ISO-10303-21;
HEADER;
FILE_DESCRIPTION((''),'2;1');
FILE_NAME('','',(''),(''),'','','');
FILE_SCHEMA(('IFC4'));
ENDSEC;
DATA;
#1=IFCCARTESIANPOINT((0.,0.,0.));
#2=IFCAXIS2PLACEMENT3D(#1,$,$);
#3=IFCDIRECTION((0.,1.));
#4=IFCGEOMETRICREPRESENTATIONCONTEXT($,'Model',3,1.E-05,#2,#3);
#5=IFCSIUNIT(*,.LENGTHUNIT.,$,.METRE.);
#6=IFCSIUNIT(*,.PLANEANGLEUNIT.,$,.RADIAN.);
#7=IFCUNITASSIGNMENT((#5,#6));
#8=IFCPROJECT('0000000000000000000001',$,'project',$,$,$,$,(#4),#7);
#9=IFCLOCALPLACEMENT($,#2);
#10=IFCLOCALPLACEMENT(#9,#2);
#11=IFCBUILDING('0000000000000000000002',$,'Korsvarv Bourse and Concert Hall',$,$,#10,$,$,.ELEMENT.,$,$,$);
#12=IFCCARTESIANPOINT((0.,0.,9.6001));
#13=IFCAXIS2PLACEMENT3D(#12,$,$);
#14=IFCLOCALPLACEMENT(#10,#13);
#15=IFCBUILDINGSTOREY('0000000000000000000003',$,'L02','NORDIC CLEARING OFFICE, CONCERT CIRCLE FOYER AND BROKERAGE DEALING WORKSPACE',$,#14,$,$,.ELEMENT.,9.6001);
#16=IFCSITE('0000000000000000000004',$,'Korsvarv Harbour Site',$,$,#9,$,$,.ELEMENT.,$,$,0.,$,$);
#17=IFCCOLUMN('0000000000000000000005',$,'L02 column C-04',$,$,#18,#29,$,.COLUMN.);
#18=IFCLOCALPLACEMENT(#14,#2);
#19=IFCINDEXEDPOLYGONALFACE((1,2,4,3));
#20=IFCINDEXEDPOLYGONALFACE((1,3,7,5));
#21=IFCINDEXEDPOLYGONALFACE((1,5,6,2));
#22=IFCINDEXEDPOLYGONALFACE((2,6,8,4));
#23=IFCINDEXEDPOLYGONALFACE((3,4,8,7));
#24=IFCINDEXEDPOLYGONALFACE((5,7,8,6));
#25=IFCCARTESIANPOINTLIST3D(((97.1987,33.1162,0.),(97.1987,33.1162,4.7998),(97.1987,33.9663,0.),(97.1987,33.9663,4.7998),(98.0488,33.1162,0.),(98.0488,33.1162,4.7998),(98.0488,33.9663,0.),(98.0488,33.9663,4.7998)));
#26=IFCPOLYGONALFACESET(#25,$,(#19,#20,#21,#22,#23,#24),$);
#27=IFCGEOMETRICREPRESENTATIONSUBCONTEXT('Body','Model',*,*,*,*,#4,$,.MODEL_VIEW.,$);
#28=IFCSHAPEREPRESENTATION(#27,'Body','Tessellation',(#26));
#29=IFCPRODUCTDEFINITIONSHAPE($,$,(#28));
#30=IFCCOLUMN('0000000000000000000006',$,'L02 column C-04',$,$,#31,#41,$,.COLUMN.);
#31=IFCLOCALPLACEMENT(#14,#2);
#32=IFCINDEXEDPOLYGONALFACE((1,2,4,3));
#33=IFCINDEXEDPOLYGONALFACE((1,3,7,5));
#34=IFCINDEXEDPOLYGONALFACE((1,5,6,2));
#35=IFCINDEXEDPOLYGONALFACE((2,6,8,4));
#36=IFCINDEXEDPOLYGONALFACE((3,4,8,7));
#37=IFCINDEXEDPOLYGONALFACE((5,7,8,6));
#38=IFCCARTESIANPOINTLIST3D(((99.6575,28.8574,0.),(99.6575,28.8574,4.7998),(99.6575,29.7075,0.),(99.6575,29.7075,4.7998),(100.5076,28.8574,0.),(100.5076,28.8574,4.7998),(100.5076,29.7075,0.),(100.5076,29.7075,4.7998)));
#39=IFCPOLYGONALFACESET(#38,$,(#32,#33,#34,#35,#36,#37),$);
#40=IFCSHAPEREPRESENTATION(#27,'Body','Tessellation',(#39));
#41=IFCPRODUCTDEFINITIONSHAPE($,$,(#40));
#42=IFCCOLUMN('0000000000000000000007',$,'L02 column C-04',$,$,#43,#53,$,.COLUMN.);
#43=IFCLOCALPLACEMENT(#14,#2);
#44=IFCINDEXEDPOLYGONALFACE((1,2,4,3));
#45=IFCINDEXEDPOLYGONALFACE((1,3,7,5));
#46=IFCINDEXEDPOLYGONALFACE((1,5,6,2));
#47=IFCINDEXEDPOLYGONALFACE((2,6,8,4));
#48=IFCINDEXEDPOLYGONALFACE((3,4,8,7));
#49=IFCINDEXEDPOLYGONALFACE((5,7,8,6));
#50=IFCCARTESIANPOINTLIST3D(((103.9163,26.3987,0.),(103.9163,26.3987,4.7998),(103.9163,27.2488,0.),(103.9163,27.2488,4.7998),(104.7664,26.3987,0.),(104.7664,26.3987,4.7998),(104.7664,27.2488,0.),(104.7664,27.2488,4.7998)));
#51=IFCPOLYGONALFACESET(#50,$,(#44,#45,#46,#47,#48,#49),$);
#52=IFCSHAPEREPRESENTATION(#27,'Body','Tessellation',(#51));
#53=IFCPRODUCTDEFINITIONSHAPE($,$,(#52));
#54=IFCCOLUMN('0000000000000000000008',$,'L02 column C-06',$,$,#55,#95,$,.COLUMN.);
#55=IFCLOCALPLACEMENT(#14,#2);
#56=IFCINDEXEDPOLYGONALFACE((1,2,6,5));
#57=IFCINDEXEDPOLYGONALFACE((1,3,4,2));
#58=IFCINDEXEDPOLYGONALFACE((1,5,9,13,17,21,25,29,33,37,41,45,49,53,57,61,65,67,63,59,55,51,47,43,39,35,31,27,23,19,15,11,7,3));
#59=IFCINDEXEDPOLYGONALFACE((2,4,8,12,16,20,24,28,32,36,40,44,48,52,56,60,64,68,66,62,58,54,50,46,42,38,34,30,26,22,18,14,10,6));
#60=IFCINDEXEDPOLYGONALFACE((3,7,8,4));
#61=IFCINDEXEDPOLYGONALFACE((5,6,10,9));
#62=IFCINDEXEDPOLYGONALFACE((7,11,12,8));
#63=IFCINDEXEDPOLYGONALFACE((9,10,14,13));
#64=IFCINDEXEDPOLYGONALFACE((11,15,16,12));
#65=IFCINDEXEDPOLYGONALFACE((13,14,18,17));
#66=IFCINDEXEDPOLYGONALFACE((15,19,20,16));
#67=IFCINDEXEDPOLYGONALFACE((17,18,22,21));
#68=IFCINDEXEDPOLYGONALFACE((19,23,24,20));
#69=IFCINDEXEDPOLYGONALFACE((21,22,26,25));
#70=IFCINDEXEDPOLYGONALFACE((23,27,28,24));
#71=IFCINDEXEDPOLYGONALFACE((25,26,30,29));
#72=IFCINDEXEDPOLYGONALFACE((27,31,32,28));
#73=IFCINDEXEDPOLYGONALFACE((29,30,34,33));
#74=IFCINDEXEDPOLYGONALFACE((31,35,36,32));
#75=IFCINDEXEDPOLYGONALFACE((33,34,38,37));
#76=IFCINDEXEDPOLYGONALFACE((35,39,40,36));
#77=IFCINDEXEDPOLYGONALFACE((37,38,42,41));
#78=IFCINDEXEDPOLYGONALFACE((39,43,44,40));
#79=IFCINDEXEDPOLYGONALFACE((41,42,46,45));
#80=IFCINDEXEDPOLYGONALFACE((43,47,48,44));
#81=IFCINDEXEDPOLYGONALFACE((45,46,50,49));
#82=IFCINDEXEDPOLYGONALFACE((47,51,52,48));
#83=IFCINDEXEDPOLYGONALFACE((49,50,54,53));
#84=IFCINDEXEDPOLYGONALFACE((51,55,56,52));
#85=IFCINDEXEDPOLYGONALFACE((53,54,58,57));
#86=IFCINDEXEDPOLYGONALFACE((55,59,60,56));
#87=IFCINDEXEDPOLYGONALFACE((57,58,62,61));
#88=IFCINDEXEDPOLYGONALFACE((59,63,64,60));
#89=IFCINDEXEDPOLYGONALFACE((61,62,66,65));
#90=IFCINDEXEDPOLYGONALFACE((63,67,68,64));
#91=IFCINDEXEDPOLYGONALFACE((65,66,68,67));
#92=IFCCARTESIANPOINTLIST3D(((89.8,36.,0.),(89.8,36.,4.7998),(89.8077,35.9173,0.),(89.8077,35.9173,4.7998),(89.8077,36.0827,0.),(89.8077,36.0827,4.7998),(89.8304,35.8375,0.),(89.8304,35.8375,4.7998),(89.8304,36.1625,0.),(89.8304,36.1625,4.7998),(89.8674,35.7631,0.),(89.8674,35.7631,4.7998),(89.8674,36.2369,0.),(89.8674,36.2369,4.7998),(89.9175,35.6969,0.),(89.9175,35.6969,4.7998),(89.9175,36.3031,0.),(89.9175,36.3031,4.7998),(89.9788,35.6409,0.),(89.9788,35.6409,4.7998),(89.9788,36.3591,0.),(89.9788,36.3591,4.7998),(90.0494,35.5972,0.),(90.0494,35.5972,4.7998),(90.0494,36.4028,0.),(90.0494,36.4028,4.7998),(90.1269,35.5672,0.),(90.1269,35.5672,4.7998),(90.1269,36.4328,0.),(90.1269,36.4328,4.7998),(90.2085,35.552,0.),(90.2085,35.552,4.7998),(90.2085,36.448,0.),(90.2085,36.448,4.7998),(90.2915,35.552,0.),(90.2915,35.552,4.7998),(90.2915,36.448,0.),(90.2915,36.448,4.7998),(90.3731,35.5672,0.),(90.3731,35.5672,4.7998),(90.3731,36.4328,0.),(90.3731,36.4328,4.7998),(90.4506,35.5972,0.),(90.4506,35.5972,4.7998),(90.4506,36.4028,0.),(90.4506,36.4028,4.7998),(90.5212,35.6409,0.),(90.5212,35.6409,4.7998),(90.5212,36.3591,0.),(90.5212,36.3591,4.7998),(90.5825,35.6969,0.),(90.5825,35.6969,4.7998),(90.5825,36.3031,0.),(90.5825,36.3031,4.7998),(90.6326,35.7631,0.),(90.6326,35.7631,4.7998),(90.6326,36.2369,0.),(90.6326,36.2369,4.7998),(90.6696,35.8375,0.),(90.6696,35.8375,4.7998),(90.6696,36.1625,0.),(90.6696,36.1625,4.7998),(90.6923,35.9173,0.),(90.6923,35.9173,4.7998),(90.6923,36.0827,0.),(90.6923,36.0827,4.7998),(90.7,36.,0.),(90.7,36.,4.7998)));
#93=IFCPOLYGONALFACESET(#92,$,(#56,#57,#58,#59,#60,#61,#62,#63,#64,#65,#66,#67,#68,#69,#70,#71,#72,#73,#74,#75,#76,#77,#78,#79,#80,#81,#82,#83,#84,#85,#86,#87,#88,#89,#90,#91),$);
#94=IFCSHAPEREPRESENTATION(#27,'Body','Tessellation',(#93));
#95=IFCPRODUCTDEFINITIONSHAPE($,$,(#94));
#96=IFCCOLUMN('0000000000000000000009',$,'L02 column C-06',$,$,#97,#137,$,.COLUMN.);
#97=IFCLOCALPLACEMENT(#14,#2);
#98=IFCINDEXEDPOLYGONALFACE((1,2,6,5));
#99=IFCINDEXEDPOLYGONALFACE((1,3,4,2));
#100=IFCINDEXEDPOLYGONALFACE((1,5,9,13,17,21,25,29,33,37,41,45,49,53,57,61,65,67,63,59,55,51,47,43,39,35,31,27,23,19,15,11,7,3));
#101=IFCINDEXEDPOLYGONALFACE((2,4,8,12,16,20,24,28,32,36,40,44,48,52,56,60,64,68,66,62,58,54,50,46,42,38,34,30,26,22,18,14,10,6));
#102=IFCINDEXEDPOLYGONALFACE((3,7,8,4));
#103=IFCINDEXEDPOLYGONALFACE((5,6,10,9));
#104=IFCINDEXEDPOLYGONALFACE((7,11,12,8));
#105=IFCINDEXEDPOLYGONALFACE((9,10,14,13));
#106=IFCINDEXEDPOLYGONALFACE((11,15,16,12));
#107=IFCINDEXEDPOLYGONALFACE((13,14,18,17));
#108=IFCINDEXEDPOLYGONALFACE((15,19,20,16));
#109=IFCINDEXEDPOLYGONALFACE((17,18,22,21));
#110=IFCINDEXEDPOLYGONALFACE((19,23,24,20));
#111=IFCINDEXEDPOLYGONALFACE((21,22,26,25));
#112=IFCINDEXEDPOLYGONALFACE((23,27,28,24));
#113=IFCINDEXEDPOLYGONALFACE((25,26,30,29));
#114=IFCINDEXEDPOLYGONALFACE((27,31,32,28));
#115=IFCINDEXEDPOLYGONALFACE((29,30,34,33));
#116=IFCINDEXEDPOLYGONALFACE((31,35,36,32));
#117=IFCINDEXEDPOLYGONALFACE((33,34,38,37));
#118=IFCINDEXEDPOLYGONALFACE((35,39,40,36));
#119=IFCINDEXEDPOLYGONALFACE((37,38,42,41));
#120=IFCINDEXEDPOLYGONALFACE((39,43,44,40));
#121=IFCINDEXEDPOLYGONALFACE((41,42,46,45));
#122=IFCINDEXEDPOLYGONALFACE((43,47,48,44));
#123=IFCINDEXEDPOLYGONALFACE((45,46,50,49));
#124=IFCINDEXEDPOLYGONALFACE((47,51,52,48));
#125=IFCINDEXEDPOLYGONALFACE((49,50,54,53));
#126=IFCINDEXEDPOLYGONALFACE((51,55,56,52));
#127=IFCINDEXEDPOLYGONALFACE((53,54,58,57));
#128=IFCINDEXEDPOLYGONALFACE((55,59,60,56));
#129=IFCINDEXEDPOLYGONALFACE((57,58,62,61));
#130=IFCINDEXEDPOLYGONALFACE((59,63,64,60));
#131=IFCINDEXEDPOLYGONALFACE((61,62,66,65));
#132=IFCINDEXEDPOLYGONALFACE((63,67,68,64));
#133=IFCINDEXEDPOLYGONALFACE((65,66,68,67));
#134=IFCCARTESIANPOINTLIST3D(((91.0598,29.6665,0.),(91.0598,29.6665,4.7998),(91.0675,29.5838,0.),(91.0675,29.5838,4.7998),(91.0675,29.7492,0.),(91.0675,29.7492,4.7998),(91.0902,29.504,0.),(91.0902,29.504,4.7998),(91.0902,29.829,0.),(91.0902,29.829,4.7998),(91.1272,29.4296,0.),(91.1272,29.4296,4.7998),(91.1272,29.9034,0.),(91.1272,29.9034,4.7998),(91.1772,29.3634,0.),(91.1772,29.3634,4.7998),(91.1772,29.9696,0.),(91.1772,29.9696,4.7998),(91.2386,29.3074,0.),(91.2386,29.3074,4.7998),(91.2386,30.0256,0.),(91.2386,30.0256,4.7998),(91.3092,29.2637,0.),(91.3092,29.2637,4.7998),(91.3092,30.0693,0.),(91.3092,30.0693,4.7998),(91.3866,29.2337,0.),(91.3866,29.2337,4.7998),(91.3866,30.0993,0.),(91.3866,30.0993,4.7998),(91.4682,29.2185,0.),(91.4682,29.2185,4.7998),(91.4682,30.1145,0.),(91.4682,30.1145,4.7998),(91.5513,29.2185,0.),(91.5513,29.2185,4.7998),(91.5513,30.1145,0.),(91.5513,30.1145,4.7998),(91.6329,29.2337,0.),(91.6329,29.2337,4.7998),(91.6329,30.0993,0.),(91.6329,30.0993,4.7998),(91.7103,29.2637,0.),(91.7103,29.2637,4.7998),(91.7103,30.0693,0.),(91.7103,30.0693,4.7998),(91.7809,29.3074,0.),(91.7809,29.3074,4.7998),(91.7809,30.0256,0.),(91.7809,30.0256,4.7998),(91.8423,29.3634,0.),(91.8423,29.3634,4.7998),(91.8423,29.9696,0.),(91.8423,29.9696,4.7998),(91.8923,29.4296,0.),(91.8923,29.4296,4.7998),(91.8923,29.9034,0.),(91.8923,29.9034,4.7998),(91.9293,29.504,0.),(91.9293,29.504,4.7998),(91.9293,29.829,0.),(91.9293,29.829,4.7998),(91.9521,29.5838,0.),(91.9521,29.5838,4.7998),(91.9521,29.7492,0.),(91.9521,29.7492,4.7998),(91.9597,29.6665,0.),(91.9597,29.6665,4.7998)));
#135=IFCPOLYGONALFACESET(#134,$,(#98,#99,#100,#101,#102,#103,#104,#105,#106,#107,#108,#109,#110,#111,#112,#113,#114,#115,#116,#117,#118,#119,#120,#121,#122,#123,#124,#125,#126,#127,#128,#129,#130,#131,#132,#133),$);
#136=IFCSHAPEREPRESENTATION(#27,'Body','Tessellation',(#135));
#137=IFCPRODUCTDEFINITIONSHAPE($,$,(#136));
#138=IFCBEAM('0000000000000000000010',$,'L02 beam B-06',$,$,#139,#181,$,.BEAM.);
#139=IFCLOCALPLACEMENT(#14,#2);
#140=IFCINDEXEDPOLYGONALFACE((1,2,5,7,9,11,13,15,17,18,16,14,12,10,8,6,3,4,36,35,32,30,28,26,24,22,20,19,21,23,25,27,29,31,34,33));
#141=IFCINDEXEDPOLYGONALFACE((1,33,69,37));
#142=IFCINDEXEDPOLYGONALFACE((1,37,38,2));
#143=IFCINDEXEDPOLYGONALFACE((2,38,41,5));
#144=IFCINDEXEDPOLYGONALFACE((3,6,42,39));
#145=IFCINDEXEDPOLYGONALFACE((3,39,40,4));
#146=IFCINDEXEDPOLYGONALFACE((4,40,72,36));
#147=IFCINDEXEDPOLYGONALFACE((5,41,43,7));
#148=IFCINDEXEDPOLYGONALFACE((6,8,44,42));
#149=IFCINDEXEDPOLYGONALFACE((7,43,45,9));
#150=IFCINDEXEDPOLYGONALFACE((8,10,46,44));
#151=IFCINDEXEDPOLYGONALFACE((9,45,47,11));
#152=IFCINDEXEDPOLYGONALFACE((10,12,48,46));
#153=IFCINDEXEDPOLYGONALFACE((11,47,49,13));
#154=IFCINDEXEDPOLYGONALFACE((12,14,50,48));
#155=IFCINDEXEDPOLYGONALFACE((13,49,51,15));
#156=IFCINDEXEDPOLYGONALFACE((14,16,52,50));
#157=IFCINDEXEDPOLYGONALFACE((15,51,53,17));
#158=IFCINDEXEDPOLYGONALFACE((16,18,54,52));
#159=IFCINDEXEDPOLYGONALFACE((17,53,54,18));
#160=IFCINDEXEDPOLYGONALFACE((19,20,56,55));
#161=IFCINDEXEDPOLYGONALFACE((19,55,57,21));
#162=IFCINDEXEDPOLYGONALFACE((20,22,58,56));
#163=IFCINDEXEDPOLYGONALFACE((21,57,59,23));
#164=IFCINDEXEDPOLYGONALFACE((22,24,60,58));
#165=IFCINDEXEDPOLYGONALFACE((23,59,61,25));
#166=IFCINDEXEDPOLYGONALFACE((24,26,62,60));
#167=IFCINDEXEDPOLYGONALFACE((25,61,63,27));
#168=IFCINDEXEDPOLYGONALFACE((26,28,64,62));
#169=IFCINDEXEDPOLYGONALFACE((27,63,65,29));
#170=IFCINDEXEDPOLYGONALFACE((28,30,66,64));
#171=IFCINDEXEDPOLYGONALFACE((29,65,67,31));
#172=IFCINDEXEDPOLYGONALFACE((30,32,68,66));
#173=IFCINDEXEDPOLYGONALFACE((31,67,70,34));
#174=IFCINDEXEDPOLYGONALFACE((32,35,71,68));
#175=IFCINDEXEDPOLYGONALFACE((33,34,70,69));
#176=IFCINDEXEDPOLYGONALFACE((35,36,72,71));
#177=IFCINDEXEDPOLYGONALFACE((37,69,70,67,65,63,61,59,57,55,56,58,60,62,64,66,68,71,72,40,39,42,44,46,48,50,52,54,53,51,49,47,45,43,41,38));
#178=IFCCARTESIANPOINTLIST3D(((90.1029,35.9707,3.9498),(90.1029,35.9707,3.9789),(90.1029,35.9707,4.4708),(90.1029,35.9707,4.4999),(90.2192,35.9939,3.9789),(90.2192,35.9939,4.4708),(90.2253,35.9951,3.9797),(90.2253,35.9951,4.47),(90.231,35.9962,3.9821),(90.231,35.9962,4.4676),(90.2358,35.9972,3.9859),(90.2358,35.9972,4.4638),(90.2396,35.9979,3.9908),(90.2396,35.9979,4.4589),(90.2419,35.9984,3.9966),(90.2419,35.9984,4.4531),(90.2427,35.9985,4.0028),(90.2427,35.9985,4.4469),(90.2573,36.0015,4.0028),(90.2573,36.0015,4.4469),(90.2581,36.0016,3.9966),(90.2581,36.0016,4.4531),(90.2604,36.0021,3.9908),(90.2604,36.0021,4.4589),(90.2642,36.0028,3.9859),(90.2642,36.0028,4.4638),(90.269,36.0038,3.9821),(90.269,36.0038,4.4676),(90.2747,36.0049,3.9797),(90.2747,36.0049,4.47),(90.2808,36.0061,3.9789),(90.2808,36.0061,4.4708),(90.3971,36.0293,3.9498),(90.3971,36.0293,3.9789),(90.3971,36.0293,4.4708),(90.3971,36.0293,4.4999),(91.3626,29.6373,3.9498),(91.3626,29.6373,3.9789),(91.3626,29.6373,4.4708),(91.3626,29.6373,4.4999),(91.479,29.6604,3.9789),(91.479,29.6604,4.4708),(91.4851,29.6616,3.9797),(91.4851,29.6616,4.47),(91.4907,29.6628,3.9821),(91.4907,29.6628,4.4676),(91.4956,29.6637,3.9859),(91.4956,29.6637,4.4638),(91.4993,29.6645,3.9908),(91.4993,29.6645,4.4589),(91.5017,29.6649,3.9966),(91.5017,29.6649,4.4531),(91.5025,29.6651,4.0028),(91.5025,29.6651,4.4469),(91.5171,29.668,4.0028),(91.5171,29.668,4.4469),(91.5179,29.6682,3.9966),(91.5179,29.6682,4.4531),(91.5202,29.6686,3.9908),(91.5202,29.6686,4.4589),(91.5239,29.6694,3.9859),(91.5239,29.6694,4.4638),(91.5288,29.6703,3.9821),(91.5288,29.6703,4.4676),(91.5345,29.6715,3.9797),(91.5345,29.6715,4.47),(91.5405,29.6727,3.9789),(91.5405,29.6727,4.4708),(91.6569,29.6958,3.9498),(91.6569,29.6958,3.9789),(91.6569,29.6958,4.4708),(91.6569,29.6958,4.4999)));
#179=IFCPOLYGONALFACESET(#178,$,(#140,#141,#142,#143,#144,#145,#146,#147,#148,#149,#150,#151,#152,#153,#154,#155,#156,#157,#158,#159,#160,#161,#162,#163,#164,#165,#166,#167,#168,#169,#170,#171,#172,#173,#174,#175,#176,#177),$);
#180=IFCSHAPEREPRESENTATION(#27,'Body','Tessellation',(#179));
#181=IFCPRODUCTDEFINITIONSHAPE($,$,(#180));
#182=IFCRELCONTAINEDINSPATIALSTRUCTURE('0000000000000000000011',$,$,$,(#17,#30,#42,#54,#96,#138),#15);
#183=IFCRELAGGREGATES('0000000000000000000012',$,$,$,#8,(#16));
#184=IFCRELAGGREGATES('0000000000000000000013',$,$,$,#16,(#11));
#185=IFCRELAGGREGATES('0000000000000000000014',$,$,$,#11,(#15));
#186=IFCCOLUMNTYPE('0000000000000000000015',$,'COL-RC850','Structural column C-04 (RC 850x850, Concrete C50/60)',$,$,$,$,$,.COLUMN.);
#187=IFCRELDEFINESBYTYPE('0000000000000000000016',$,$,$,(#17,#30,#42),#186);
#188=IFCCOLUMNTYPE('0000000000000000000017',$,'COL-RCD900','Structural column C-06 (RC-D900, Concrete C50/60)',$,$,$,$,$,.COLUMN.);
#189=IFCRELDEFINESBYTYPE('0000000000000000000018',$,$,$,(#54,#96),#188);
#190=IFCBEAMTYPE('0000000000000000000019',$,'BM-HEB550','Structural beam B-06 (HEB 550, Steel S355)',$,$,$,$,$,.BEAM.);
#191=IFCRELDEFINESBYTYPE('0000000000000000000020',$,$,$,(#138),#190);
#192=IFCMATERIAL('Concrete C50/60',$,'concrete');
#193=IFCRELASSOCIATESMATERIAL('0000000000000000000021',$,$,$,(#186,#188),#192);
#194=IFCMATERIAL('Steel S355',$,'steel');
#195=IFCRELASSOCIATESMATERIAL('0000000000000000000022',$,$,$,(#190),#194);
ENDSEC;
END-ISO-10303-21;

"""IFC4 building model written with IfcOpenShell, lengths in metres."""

from ifc_helpers import new_model, si_unit, direction, frame, origin, origin_2d, place, context, subcontext, project, spatial, rectangle, circle, i_section, extrude, source, transform, mapped, material, material_profile, profile_set, type_object, element, save


model = new_model("IFC4")

# Units and contexts
model_context = context("Model", 3, precision=1e-05, world=origin(), true_north=direction((0.0, 1.0)))
body_context = subcontext(model_context, "Body", "Model", "MODEL_VIEW")
ifc_project = project(units=[si_unit("LENGTHUNIT", "METRE"), si_unit("PLANEANGLEUNIT", "RADIAN")], contexts=[model_context])

# Site, building, storey
site_placement = place(None, origin())
site = spatial("IfcSite", under=ifc_project, at=site_placement, Name="Korsvarv Harbour Site", CompositionType="ELEMENT", RefElevation=0.0)
building_placement = place(site_placement, origin())
building = spatial("IfcBuilding", under=site, at=building_placement, Name="Korsvarv Bourse and Concert Hall", CompositionType="ELEMENT")
storey_placement = place(building_placement, frame((0.0, 0.0, 9.6001)))
storey = spatial("IfcBuildingStorey", under=building, at=storey_placement, Name="L02", Description="NORDIC CLEARING OFFICE, CONCERT CIRCLE FOYER AND BROKERAGE DEALING WORKSPACE", CompositionType="ELEMENT", Elevation=9.6001)

# Columns
ifc_material_1 = material(Name="Concrete C50/60", Category="concrete")
ifc_material_profile_1 = material_profile(ifc_material_1, rectangle(XDim=0.8501, YDim=0.8501, at=origin_2d()), Name="RC 850x850")
ifc_profile_set_1 = profile_set([ifc_material_profile_1], Name="Concrete C50/60")
column_type_1 = type_object("IfcColumnType", Name="COL-RC850", Description="Structural column C-04 (RC 850x850, Concrete C50/60)", PredefinedType="COLUMN", material=ifc_profile_set_1)
shared_shape_1 = source(origin(), body_context, "Body", "SweptSolid", [
    extrude(rectangle(XDim=0.8501, YDim=0.8501, at=origin_2d()), origin(), (0.0, 0.0, 1.0), 4.7998),
])
for number, where, z_axis, x_axis, name in (
    (1, (97.6238, 33.5413, 0.0), (0.0, 0.0, 1.0), (1.0, 0.0, 0.0), "L02 column C-04"),
    (2, (100.0825, 29.2825, 0.0), (0.0, 0.0, 1.0), (1.0, 0.0, 0.0), "L02 column C-04"),
    (3, (104.3413, 26.8237, 0.0), (0.0, 0.0, 1.0), (1.0, 0.0, 0.0), "L02 column C-04"),
):
    element("IfcColumn", number, at=place(storey_placement, frame(where, z_axis=z_axis, x_axis=x_axis)), inside=storey, type_object=column_type_1, Name=name, PredefinedType="COLUMN", context=body_context, shape_type="MappedRepresentation", body=[
        mapped(shared_shape_1, transform((0.0, 0.0, 0.0), scale=1.0)),
    ])
ifc_material_profile_2 = material_profile(ifc_material_1, circle(Radius=0.45, at=origin_2d()), Name="RC-D900")
ifc_profile_set_2 = profile_set([ifc_material_profile_2], Name="Concrete C50/60")
column_type_2 = type_object("IfcColumnType", Name="COL-RCD900", Description="Structural column C-06 (RC-D900, Concrete C50/60)", PredefinedType="COLUMN", material=ifc_profile_set_2)
shared_shape_2 = source(origin(), body_context, "Body", "SweptSolid", [
    extrude(circle(Radius=0.45, at=origin_2d()), origin(), (0.0, 0.0, 1.0), 4.7998),
])
for number, where, z_axis, x_axis, name in (
    (4, (90.25, 36.0, 0.0), (0.0, 0.0, 1.0), (1.0, 0.0, 0.0), "L02 column C-06"),
    (5, (91.5098, 29.6665, 0.0), (0.0, 0.0, 1.0), (1.0, 0.0, 0.0), "L02 column C-06"),
):
    element("IfcColumn", number, at=place(storey_placement, frame(where, z_axis=z_axis, x_axis=x_axis)), inside=storey, type_object=column_type_2, Name=name, PredefinedType="COLUMN", context=body_context, shape_type="MappedRepresentation", body=[
        mapped(shared_shape_2, transform((0.0, 0.0, 0.0), scale=1.0)),
    ])

# Beam
ifc_material_2 = material(Name="Steel S355", Category="steel")
ifc_material_profile_3 = material_profile(ifc_material_2, i_section(OverallWidth=0.3, OverallDepth=0.55, WebThickness=0.0149, FlangeThickness=0.0291, FilletRadius=0.0239, at=origin_2d()), Name="HEB 550")
ifc_profile_set_3 = profile_set([ifc_material_profile_3], Name="Steel S355")
beam_type_1 = type_object("IfcBeamType", Name="BM-HEB550", Description="Structural beam B-06 (HEB 550, Steel S355)", PredefinedType="BEAM", material=ifc_profile_set_3)
shared_shape_3 = source(origin(), body_context, "Body", "SweptSolid", [
    extrude(i_section(OverallWidth=0.3, OverallDepth=0.55, WebThickness=0.0149, FlangeThickness=0.0291, FilletRadius=0.0239, at=origin_2d()), origin(), (0.0, 0.0, 1.0), 6.4575),
])
for number, where, z_axis, x_axis, name in (
    (6, (90.25, 36.0, 4.2249), (0.195084, -0.980787, 0.0), (0.980787, 0.195084, 0.0), "L02 beam B-06"),
):
    element("IfcBeam", number, at=place(storey_placement, frame(where, z_axis=z_axis, x_axis=x_axis)), inside=storey, type_object=beam_type_1, Name=name, PredefinedType="BEAM", context=body_context, shape_type="MappedRepresentation", body=[
        mapped(shared_shape_3, transform((0.0, 0.0, 0.0), scale=1.0)),
    ])

save(model, "model.ifc")
